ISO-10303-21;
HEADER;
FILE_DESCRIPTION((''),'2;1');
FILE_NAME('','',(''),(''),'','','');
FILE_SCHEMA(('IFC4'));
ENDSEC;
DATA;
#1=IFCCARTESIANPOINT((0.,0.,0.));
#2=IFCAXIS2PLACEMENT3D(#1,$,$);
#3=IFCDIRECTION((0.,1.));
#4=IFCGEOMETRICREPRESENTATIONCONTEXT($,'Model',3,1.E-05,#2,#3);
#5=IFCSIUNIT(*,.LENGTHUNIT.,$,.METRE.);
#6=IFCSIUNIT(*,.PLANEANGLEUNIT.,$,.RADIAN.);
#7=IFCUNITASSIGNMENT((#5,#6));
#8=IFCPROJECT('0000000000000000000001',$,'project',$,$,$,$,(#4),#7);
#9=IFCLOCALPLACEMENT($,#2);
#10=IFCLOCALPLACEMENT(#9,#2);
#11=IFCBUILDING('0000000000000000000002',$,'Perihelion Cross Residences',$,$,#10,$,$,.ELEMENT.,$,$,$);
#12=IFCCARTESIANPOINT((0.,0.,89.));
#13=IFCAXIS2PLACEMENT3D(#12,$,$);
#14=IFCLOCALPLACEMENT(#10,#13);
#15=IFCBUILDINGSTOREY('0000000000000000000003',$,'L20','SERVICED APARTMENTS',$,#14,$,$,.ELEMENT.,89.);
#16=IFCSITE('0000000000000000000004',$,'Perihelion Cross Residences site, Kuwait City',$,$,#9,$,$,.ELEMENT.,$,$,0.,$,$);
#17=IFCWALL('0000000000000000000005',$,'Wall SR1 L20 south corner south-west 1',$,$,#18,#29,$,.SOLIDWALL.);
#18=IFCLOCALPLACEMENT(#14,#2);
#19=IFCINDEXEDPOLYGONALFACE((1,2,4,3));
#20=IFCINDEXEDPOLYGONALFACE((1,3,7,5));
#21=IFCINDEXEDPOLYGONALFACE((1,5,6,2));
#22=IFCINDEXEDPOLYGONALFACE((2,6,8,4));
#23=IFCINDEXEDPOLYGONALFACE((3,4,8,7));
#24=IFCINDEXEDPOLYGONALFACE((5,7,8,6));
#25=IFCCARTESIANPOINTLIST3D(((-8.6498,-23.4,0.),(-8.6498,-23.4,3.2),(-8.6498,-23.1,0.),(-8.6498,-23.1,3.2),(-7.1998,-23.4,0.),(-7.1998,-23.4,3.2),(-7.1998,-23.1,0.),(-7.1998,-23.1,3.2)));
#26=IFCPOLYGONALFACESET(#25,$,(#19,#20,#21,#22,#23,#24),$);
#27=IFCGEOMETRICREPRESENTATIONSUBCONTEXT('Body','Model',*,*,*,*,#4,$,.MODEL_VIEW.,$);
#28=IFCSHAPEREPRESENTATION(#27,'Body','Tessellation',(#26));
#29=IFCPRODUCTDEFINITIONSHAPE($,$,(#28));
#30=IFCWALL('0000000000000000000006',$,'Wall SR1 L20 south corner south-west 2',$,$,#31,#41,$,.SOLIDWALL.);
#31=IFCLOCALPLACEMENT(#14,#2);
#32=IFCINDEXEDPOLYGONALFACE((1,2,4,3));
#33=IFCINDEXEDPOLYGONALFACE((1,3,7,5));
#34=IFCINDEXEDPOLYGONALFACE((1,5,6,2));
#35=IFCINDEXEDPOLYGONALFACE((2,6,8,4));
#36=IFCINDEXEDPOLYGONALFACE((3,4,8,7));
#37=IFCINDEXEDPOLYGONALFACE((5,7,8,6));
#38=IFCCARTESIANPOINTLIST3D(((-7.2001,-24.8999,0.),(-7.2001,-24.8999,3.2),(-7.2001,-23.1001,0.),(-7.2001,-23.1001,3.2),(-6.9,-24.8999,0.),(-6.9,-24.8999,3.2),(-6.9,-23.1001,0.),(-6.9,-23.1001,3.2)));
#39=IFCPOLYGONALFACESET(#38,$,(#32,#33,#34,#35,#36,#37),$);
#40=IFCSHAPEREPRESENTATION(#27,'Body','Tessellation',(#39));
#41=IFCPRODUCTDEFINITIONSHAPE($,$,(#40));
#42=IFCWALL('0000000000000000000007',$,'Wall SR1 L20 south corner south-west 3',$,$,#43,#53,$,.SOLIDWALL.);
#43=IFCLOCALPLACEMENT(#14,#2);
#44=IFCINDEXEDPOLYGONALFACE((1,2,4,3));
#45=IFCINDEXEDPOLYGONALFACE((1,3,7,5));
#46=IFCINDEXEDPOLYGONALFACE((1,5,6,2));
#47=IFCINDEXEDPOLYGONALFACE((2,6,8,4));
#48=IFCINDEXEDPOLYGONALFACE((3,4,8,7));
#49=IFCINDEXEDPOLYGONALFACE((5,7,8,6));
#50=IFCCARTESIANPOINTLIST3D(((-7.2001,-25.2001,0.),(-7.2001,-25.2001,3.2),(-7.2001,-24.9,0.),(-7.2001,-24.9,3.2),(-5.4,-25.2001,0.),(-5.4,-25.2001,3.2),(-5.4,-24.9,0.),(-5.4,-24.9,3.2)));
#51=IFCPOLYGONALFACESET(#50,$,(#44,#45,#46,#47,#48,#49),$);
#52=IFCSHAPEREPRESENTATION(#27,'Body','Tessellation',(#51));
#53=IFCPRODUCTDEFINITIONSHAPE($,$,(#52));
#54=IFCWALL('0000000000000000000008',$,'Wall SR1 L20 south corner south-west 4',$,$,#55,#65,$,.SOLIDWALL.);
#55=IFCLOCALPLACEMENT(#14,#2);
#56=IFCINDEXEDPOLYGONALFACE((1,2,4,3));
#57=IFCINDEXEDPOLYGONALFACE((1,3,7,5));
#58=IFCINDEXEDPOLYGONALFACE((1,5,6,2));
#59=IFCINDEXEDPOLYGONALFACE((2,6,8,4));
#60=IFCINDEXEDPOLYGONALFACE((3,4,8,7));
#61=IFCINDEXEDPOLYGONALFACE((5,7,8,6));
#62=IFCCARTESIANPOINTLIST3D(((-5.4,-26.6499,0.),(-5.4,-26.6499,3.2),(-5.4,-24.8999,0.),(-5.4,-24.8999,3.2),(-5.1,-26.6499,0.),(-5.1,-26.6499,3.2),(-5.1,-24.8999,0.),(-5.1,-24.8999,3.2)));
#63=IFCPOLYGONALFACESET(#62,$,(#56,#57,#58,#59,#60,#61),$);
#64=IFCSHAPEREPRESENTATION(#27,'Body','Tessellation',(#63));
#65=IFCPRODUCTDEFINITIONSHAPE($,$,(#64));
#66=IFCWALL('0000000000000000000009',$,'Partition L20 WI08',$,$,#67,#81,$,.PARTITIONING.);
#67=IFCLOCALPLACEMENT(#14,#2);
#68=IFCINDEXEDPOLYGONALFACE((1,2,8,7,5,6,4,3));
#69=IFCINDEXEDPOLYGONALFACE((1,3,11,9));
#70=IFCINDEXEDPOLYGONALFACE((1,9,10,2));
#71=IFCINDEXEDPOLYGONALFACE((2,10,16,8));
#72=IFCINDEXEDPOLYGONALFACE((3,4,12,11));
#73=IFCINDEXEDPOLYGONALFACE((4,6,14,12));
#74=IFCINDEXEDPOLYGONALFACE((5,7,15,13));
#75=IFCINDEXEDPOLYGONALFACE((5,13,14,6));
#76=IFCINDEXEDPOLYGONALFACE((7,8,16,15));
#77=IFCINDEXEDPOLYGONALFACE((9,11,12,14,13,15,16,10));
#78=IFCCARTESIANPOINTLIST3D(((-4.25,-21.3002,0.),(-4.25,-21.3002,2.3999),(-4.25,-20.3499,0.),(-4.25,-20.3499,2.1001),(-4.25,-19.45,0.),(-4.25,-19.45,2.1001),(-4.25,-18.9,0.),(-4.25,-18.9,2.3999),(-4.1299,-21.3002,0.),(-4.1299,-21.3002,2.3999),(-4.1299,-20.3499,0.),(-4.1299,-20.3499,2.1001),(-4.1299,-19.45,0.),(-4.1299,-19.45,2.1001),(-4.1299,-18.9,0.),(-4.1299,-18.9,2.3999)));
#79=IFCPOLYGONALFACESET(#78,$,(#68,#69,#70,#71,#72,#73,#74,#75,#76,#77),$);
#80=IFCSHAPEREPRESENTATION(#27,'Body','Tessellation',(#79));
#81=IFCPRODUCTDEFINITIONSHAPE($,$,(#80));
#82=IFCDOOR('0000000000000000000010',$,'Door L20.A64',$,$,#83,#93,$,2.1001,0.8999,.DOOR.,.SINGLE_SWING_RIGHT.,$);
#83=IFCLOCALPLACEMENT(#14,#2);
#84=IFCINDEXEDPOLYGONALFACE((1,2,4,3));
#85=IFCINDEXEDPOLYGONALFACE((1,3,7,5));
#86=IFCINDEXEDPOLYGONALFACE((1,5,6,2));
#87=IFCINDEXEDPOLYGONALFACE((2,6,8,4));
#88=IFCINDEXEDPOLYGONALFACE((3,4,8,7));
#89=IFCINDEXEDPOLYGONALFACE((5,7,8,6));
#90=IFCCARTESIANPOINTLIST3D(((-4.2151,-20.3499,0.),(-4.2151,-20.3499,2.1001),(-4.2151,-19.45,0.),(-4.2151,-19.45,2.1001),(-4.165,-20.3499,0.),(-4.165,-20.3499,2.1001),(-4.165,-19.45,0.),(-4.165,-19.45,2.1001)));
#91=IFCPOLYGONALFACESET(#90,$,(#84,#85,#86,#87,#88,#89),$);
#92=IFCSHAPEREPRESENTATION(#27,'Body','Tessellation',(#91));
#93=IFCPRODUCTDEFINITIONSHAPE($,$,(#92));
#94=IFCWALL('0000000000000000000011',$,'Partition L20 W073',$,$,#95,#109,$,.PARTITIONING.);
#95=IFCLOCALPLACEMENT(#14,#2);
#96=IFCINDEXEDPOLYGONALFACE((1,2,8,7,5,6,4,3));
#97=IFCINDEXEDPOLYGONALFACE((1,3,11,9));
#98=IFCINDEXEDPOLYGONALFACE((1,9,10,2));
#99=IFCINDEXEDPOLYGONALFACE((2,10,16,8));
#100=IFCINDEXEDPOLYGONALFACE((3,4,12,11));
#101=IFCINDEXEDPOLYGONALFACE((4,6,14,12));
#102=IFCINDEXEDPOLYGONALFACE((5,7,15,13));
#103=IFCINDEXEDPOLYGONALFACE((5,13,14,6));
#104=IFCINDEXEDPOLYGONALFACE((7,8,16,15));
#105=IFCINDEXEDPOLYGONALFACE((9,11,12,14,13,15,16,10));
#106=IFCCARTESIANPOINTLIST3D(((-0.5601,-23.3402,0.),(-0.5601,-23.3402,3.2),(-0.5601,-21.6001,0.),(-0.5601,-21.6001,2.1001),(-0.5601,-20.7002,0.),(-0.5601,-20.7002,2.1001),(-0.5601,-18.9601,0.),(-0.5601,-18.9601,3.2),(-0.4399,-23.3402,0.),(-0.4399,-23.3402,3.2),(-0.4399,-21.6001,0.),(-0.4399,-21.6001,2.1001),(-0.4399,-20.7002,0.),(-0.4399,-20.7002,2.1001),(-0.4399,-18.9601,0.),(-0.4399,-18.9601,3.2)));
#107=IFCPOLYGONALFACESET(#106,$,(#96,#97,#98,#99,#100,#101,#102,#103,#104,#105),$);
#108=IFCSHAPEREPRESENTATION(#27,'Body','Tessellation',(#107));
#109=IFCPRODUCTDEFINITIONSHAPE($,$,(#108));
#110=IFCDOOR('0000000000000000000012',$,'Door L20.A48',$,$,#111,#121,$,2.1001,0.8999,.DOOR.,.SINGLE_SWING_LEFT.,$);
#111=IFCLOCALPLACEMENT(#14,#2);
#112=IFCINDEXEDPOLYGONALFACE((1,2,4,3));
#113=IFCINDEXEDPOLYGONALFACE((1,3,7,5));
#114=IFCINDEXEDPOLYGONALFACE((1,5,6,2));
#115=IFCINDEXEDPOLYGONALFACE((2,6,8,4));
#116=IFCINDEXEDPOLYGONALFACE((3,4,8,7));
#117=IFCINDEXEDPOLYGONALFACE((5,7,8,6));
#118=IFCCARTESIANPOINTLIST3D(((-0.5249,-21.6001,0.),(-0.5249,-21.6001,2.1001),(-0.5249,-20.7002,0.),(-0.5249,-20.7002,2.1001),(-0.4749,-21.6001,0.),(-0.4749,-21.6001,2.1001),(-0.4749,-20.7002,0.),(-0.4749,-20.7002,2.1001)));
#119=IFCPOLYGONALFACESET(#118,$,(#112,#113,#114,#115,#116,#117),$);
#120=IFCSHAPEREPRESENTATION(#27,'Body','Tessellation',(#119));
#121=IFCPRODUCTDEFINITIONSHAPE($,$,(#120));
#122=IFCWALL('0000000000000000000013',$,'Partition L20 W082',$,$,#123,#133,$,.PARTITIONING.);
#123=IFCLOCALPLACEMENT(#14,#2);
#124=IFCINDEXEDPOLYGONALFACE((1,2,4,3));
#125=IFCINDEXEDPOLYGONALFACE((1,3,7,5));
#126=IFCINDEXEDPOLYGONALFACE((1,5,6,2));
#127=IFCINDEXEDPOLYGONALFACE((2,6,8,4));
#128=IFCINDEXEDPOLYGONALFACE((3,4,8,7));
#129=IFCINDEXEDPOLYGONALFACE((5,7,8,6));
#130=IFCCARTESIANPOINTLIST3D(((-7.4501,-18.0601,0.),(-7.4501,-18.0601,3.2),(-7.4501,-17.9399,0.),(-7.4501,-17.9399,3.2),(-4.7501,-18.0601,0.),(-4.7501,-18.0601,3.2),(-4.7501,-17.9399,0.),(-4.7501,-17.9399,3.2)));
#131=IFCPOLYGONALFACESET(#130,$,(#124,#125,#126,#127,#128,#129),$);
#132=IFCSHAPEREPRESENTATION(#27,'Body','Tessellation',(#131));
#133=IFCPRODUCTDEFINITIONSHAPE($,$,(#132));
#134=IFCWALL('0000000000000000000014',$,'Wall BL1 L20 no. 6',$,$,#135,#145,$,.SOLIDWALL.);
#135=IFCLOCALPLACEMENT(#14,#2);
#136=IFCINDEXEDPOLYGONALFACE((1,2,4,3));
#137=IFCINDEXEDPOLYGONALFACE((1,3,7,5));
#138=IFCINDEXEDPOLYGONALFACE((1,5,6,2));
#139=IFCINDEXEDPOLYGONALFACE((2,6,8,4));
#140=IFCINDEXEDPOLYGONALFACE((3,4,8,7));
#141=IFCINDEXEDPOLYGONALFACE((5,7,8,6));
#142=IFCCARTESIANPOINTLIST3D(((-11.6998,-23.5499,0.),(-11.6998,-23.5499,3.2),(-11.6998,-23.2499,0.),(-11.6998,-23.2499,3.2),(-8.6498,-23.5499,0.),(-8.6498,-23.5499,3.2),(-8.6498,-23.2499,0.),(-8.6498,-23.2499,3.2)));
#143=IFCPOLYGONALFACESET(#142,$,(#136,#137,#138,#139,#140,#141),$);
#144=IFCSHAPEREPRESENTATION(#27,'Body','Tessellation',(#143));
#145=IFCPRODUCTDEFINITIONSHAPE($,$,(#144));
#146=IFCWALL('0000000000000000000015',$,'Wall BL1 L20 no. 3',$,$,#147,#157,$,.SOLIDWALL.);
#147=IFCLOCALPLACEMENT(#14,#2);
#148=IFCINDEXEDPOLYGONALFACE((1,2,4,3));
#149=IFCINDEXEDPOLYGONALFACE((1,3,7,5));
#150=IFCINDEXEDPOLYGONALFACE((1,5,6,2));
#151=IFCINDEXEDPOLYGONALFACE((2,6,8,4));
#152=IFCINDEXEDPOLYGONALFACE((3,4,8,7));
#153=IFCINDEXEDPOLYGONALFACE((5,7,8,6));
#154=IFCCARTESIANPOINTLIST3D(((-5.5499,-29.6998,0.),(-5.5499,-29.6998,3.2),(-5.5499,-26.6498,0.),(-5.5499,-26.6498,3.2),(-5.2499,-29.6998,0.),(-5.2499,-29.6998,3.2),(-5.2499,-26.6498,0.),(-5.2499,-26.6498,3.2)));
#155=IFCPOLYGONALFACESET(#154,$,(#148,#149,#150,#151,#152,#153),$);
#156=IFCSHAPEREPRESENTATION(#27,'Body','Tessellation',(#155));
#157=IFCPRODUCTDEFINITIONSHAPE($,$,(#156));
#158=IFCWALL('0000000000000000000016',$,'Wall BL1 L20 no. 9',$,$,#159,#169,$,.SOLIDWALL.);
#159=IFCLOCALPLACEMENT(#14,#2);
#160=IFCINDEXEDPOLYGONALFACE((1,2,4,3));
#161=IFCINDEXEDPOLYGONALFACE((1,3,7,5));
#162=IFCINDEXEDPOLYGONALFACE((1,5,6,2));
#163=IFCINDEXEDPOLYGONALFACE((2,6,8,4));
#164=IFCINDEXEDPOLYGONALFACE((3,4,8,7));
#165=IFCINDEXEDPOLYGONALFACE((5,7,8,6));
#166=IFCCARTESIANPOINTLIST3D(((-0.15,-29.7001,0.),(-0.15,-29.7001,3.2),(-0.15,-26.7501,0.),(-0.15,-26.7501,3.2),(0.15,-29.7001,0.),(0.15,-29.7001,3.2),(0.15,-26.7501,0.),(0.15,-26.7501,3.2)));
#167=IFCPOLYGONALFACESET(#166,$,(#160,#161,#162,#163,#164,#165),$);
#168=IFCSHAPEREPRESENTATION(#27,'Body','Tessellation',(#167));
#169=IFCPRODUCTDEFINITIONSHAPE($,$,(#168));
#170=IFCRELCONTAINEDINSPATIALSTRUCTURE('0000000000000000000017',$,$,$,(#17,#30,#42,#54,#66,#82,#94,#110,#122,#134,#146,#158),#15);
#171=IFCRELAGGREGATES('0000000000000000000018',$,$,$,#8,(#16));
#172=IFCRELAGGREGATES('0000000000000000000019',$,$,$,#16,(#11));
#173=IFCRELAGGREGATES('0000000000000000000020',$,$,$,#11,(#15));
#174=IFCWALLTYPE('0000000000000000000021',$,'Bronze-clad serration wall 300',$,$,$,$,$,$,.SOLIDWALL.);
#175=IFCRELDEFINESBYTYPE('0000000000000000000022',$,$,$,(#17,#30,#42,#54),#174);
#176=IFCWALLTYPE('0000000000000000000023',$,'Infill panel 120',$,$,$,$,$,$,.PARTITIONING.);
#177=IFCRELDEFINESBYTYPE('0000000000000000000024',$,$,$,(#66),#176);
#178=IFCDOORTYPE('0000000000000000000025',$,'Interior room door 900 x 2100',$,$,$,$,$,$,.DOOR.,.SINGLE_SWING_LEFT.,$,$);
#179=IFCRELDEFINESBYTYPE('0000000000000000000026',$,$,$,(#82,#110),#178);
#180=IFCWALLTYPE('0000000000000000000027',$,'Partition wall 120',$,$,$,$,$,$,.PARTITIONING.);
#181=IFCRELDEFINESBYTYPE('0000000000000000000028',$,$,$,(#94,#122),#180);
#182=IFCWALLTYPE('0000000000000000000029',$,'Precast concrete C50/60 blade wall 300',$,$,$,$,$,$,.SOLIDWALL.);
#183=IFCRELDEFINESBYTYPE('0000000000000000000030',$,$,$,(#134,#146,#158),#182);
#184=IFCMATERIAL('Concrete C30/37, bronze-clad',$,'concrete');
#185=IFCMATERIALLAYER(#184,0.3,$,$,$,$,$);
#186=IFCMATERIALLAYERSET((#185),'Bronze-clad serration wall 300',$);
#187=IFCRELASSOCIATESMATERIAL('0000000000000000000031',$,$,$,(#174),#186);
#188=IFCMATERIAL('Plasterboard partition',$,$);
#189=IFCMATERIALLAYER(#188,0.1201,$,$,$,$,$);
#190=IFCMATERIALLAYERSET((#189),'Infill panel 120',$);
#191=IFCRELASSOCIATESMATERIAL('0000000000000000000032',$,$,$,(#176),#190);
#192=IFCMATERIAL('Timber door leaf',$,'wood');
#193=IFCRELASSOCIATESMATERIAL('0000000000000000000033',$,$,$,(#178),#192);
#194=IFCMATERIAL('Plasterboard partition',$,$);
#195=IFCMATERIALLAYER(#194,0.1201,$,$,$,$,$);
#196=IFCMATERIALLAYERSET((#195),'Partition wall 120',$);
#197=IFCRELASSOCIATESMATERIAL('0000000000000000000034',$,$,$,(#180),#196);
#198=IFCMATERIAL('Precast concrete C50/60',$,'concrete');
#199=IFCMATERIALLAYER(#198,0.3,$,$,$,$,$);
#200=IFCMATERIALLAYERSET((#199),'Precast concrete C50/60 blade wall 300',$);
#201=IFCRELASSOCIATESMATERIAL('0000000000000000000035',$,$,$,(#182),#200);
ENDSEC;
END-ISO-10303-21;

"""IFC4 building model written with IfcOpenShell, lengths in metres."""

from ifc_helpers import new_model, si_unit, direction, frame, frame_2d, origin, place, context, subcontext, project, spatial, rectangle, extrude, material, layer, layer_set, type_object, element, fill, save


model = new_model("IFC4")

# Units and contexts
model_context = context("Model", 3, precision=1e-05, world=origin(), true_north=direction((0.0, 1.0)))
body_context = subcontext(model_context, "Body", "Model", "MODEL_VIEW")
ifc_project = project(units=[si_unit("LENGTHUNIT", "METRE"), si_unit("PLANEANGLEUNIT", "RADIAN")], contexts=[model_context])

# Site, building, storey
site_placement = place(None, origin())
site = spatial("IfcSite", under=ifc_project, at=site_placement, Name="Perihelion Cross Residences site, Kuwait City", CompositionType="ELEMENT", RefElevation=0.0)
building_placement = place(site_placement, origin())
building = spatial("IfcBuilding", under=site, at=building_placement, Name="Perihelion Cross Residences", CompositionType="ELEMENT")
storey_placement = place(building_placement, frame((0.0, 0.0, 89.0)))
storey = spatial("IfcBuildingStorey", under=building, at=storey_placement, Name="L20", Description="SERVICED APARTMENTS", CompositionType="ELEMENT", Elevation=89.0)

# Walls
ifc_material_1 = material(Name="Concrete C30/37, bronze-clad", Category="concrete")
ifc_layer_1 = layer(ifc_material_1, 0.3)
ifc_layer_set_1 = layer_set([ifc_layer_1], Name="Bronze-clad serration wall 300")
wall_type_1 = type_object("IfcWallType", Name="Bronze-clad serration wall 300", PredefinedType="SOLIDWALL", material=ifc_layer_set_1)
wall_1_placement = place(storey_placement, frame((-8.6499, -23.25, 0.0), z_axis=(0.0, 0.0, 1.0), x_axis=(1.0, 0.0, 0.0)))
element("IfcWall", 1, at=wall_1_placement, inside=storey, type_object=wall_type_1, Name="Wall SR1 L20 south corner south-west 1", PredefinedType="SOLIDWALL", context=body_context, shape_type="SweptSolid", body=[
    extrude(rectangle(XDim=1.45, YDim=0.3, at=frame_2d((0.7251, 0.0))), origin(), (0.0, 0.0, 1.0), 3.2),
])
wall_2_placement = place(storey_placement, frame((-7.05, -23.1001, 0.0), z_axis=(0.0, 0.0, 1.0), x_axis=(0.0, -1.0, 0.0)))
element("IfcWall", 2, at=wall_2_placement, inside=storey, type_object=wall_type_1, Name="Wall SR1 L20 south corner south-west 2", PredefinedType="SOLIDWALL", context=body_context, shape_type="SweptSolid", body=[
    extrude(rectangle(XDim=1.7998, YDim=0.3, at=frame_2d((0.8999, 0.0))), origin(), (0.0, 0.0, 1.0), 3.2),
])
wall_3_placement = place(storey_placement, frame((-7.2, -25.05, 0.0), z_axis=(0.0, 0.0, 1.0), x_axis=(1.0, 0.0, 0.0)))
element("IfcWall", 3, at=wall_3_placement, inside=storey, type_object=wall_type_1, Name="Wall SR1 L20 south corner south-west 3", PredefinedType="SOLIDWALL", context=body_context, shape_type="SweptSolid", body=[
    extrude(rectangle(XDim=1.8, YDim=0.3, at=frame_2d((0.8999, 0.0))), origin(), (0.0, 0.0, 1.0), 3.2),
])
wall_4_placement = place(storey_placement, frame((-5.25, -24.8999, 0.0), z_axis=(0.0, 0.0, 1.0), x_axis=(0.0, -1.0, 0.0)))
element("IfcWall", 4, at=wall_4_placement, inside=storey, type_object=wall_type_1, Name="Wall SR1 L20 south corner south-west 4", PredefinedType="SOLIDWALL", context=body_context, shape_type="SweptSolid", body=[
    extrude(rectangle(XDim=1.75, YDim=0.3, at=frame_2d((0.875, 0.0))), origin(), (0.0, 0.0, 1.0), 3.2),
])

# Walls, openings, doors
ifc_material_2 = material(Name="Plasterboard partition")
ifc_layer_2 = layer(ifc_material_2, 0.1201)
ifc_layer_set_2 = layer_set([ifc_layer_2], Name="Infill panel 120")
wall_type_2 = type_object("IfcWallType", Name="Infill panel 120", PredefinedType="PARTITIONING", material=ifc_layer_set_2)
wall_5_placement = place(storey_placement, frame((-4.1899, -18.8999, 0.0), z_axis=(0.0, 0.0, 1.0), x_axis=(0.0, -1.0, 0.0)))
wall_5 = element("IfcWall", 5, at=wall_5_placement, inside=storey, type_object=wall_type_2, Name="Partition L20 WI08", PredefinedType="PARTITIONING", context=body_context, shape_type="SweptSolid", body=[
    extrude(rectangle(XDim=2.4001, YDim=0.1201, at=frame_2d((1.2002, 0.0))), origin(), (0.0, 0.0, 1.0), 2.3999),
])
opening_1_placement = place(wall_5_placement, frame((0.55, 0.0, 0.0)))
opening_1 = element("IfcOpeningElement", 6, at=opening_1_placement, cuts=wall_5, PredefinedType="OPENING", context=body_context, shape_type="SweptSolid", body=[
    extrude(rectangle(XDim=0.8999, YDim=2.1001, at=frame_2d((0.45, 1.05))), frame((0.0, 0.0701, 0.0), z_axis=(0.0, -1.0, 0.0), x_axis=(1.0, 0.0, 0.0)), (0.0, 0.0, 1.0), 0.1401),
])
ifc_material_3 = material(Name="Timber door leaf", Category="wood")
door_type_1 = type_object("IfcDoorType", Name="Interior room door 900 x 2100", OperationType="SINGLE_SWING_LEFT", PredefinedType="DOOR", material=ifc_material_3)
door_1_placement = place(opening_1_placement, origin())
door_1 = element("IfcDoor", 7, at=door_1_placement, inside=storey, type_object=door_type_1, Name="Door L20.A64", OperationType="SINGLE_SWING_RIGHT", OverallHeight=2.1001, OverallWidth=0.8999, PredefinedType="DOOR", context=body_context, shape_type="SweptSolid", body=[
    extrude(rectangle(XDim=0.8999, YDim=2.1001, at=frame_2d((0.45, 1.05))), frame((0.0, 0.0249, 0.0), z_axis=(0.0, -1.0, 0.0), x_axis=(1.0, 0.0, 0.0)), (0.0, 0.0, 1.0), 0.05),
])
fill(opening_1, door_1)
ifc_material_4 = material(Name="Plasterboard partition")
ifc_layer_3 = layer(ifc_material_4, 0.1201)
ifc_layer_set_3 = layer_set([ifc_layer_3], Name="Partition wall 120")
wall_type_3 = type_object("IfcWallType", Name="Partition wall 120", PredefinedType="PARTITIONING", material=ifc_layer_set_3)
wall_6_placement = place(storey_placement, frame((-0.5, -23.3401, 0.0), z_axis=(0.0, 0.0, 1.0), x_axis=(0.0, 1.0, 0.0)))
wall_6 = element("IfcWall", 8, at=wall_6_placement, inside=storey, type_object=wall_type_3, Name="Partition L20 W073", PredefinedType="PARTITIONING", context=body_context, shape_type="SweptSolid", body=[
    extrude(rectangle(XDim=4.3801, YDim=0.1201, at=frame_2d((2.1899, 0.0))), origin(), (0.0, 0.0, 1.0), 3.2),
])
opening_2_placement = place(wall_6_placement, frame((1.74, 0.0, 0.0)))
opening_2 = element("IfcOpeningElement", 9, at=opening_2_placement, cuts=wall_6, PredefinedType="OPENING", context=body_context, shape_type="SweptSolid", body=[
    extrude(rectangle(XDim=0.8999, YDim=2.1001, at=frame_2d((0.45, 1.05))), frame((0.0, 0.0701, 0.0), z_axis=(0.0, -1.0, 0.0), x_axis=(1.0, 0.0, 0.0)), (0.0, 0.0, 1.0), 0.1401),
])
door_2_placement = place(opening_2_placement, origin())
door_2 = element("IfcDoor", 10, at=door_2_placement, inside=storey, type_object=door_type_1, Name="Door L20.A48", OperationType="SINGLE_SWING_LEFT", OverallHeight=2.1001, OverallWidth=0.8999, PredefinedType="DOOR", context=body_context, shape_type="SweptSolid", body=[
    extrude(rectangle(XDim=0.8999, YDim=2.1001, at=frame_2d((0.45, 1.05))), frame((0.0, 0.0249, 0.0), z_axis=(0.0, -1.0, 0.0), x_axis=(1.0, 0.0, 0.0)), (0.0, 0.0, 1.0), 0.05),
])
fill(opening_2, door_2)

# Walls
wall_7_placement = place(storey_placement, frame((-4.75, -18.0, 0.0), z_axis=(0.0, 0.0, 1.0), x_axis=(-1.0, 0.0, 0.0)))
element("IfcWall", 11, at=wall_7_placement, inside=storey, type_object=wall_type_3, Name="Partition L20 W082", PredefinedType="PARTITIONING", context=body_context, shape_type="SweptSolid", body=[
    extrude(rectangle(XDim=2.7, YDim=0.1201, at=frame_2d((1.3501, 0.0))), origin(), (0.0, 0.0, 1.0), 3.2),
])
ifc_material_5 = material(Name="Precast concrete C50/60", Category="concrete")
ifc_layer_4 = layer(ifc_material_5, 0.3)
ifc_layer_set_4 = layer_set([ifc_layer_4], Name="Precast concrete C50/60 blade wall 300")
wall_type_4 = type_object("IfcWallType", Name="Precast concrete C50/60 blade wall 300", PredefinedType="SOLIDWALL", material=ifc_layer_set_4)
for number, where, z_axis, x_axis, name in (
    (12, (-8.6499, -23.3999, 0.0), (0.0, 0.0, 1.0), (-1.0, 0.0, 0.0), "Wall BL1 L20 no. 6"),
    (13, (-5.3999, -26.6499, 0.0), (0.0, 0.0, 1.0), (0.0, -1.0, 0.0), "Wall BL1 L20 no. 3"),
):
    element("IfcWall", number, at=place(storey_placement, frame(where, z_axis=z_axis, x_axis=x_axis)), inside=storey, type_object=wall_type_4, Name=name, PredefinedType="SOLIDWALL", context=body_context, shape_type="SweptSolid", body=[
        extrude(rectangle(XDim=3.05, YDim=0.3, at=frame_2d((1.5249, 0.0))), origin(), (0.0, 0.0, 1.0), 3.2),
    ])
wall_8_placement = place(storey_placement, frame((0.0, -26.75, 0.0), z_axis=(0.0, 0.0, 1.0), x_axis=(0.0, -1.0, 0.0)))
element("IfcWall", 14, at=wall_8_placement, inside=storey, type_object=wall_type_4, Name="Wall BL1 L20 no. 9", PredefinedType="SOLIDWALL", context=body_context, shape_type="SweptSolid", body=[
    extrude(rectangle(XDim=2.95, YDim=0.3, at=frame_2d((1.4751, 0.0))), origin(), (0.0, 0.0, 1.0), 3.2),
])

save(model, "model.ifc")
